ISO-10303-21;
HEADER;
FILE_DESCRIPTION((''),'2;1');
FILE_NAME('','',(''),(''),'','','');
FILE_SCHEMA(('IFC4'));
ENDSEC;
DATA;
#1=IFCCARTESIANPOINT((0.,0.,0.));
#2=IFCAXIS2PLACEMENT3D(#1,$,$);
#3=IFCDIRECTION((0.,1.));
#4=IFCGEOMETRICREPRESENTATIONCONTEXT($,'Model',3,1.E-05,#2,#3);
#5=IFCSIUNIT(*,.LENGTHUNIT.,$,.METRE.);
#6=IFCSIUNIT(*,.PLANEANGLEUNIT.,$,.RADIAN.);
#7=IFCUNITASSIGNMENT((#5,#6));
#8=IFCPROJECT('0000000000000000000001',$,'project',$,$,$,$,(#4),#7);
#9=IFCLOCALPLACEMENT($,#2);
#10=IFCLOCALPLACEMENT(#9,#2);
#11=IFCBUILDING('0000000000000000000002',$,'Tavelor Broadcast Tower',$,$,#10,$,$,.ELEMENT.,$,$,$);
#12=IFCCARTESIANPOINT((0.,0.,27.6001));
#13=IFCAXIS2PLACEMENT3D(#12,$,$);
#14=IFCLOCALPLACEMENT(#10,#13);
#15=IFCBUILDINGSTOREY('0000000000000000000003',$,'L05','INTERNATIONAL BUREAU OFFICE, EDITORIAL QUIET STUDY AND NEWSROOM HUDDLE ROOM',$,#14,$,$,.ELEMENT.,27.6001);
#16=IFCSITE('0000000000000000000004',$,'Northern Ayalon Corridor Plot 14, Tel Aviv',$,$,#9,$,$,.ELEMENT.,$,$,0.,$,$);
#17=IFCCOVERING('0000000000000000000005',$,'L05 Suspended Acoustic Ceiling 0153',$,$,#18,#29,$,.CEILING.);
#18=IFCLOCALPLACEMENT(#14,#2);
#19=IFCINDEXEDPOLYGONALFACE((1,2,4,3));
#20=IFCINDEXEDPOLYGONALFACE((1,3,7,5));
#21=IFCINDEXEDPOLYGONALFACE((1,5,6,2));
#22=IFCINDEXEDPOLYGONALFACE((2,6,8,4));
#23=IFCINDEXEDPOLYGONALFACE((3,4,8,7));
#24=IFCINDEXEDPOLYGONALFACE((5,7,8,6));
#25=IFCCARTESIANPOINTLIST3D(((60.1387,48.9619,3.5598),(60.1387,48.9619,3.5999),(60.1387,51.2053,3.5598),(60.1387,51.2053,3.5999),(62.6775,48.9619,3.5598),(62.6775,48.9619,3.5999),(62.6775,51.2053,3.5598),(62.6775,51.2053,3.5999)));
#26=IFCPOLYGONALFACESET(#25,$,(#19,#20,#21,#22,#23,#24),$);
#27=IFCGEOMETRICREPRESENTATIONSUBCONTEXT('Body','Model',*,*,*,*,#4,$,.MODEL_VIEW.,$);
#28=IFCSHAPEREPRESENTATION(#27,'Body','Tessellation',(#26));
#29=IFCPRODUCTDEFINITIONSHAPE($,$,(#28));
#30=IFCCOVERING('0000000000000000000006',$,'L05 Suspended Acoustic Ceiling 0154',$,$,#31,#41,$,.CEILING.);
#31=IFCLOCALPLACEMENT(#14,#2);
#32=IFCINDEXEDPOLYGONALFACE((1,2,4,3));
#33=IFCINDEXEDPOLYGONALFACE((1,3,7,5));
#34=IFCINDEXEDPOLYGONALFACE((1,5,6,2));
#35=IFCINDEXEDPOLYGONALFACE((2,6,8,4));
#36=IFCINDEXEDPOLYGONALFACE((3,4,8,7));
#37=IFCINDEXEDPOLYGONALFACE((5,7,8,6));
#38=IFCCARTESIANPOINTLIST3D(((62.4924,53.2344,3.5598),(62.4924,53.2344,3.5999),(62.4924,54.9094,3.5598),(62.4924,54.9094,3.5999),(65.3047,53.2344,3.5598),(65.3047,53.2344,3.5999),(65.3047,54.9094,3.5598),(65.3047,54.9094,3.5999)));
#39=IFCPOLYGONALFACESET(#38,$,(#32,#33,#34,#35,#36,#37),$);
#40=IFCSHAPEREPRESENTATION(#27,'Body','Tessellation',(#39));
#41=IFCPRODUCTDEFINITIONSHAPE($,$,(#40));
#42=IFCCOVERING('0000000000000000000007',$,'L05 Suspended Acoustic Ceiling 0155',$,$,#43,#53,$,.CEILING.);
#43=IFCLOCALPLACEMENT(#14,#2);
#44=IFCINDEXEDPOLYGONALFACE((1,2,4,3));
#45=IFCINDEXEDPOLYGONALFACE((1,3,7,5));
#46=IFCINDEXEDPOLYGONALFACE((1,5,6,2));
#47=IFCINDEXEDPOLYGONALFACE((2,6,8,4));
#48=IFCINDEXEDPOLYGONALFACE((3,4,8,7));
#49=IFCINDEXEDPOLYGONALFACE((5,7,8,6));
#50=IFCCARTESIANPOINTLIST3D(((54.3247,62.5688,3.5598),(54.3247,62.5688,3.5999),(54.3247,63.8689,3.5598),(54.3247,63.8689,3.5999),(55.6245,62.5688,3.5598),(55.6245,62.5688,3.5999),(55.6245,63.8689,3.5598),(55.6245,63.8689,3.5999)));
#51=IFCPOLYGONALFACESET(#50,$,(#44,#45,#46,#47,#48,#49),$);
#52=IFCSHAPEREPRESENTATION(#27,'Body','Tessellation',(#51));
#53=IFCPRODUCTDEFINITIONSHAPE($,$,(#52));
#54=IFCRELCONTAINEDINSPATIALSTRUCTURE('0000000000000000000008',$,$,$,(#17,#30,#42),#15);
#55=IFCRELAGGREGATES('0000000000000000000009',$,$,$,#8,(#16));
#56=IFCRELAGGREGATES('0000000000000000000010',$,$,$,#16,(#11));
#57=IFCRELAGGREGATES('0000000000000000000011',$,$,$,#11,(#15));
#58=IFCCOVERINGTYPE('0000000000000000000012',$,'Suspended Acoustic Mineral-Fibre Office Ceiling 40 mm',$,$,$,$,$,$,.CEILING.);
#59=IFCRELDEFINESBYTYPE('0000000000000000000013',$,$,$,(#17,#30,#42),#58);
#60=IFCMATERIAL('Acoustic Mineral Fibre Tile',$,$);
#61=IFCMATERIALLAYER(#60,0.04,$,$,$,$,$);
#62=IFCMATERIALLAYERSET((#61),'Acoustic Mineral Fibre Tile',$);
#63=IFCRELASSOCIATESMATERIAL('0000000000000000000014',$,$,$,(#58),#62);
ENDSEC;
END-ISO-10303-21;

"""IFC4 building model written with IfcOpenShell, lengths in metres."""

from ifc_helpers import new_model, si_unit, direction, frame, origin, place, context, subcontext, project, spatial, polyline, outline, extrude, material, layer, layer_set, type_object, element, save


model = new_model("IFC4")

# Units and contexts
model_context = context("Model", 3, precision=1e-05, world=origin(), true_north=direction((0.0, 1.0)))
body_context = subcontext(model_context, "Body", "Model", "MODEL_VIEW")
ifc_project = project(units=[si_unit("LENGTHUNIT", "METRE"), si_unit("PLANEANGLEUNIT", "RADIAN")], contexts=[model_context])

# Site, building, storey
site_placement = place(None, origin())
site = spatial("IfcSite", under=ifc_project, at=site_placement, Name="Northern Ayalon Corridor Plot 14, Tel Aviv", CompositionType="ELEMENT", RefElevation=0.0)
building_placement = place(site_placement, origin())
building = spatial("IfcBuilding", under=site, at=building_placement, Name="Tavelor Broadcast Tower", CompositionType="ELEMENT")
storey_placement = place(building_placement, frame((0.0, 0.0, 27.6001)))
storey = spatial("IfcBuildingStorey", under=building, at=storey_placement, Name="L05", Description="INTERNATIONAL BUREAU OFFICE, EDITORIAL QUIET STUDY AND NEWSROOM HUDDLE ROOM", CompositionType="ELEMENT", Elevation=27.6001)

# Coverings
ifc_material_1 = material(Name="Acoustic Mineral Fibre Tile")
ifc_layer_1 = layer(ifc_material_1, 0.04)
ifc_layer_set_1 = layer_set([ifc_layer_1], Name="Acoustic Mineral Fibre Tile")
covering_type_1 = type_object("IfcCoveringType", Name="Suspended Acoustic Mineral-Fibre Office Ceiling 40 mm", PredefinedType="CEILING", material=ifc_layer_set_1)
covering_1_placement = place(storey_placement, frame((0.0, 0.0, 3.5598)))
element("IfcCovering", 1, at=covering_1_placement, inside=storey, type_object=covering_type_1, Name="L05 Suspended Acoustic Ceiling 0153", PredefinedType="CEILING", context=body_context, shape_type="SweptSolid", body=[
    extrude(outline(polyline([(60.1387, 48.9619), (62.6775, 48.9619), (62.6775, 51.2053), (60.1387, 51.2053), (60.1387, 48.9619)])), origin(), (0.0, 0.0, 1.0), 0.04),
])
covering_2_placement = place(storey_placement, frame((0.0, 0.0, 3.5598)))
element("IfcCovering", 2, at=covering_2_placement, inside=storey, type_object=covering_type_1, Name="L05 Suspended Acoustic Ceiling 0154", PredefinedType="CEILING", context=body_context, shape_type="SweptSolid", body=[
    extrude(outline(polyline([(62.4924, 53.2344), (65.3047, 53.2344), (65.3047, 54.9094), (62.4924, 54.9094), (62.4924, 53.2344)])), origin(), (0.0, 0.0, 1.0), 0.04),
])
covering_3_placement = place(storey_placement, frame((0.0, 0.0, 3.5598)))
element("IfcCovering", 3, at=covering_3_placement, inside=storey, type_object=covering_type_1, Name="L05 Suspended Acoustic Ceiling 0155", PredefinedType="CEILING", context=body_context, shape_type="SweptSolid", body=[
    extrude(outline(polyline([(54.3247, 62.5688), (55.6245, 62.5688), (55.6245, 63.8689), (54.3247, 63.8689), (54.3247, 62.5688)])), origin(), (0.0, 0.0, 1.0), 0.04),
])

save(model, "model.ifc")
